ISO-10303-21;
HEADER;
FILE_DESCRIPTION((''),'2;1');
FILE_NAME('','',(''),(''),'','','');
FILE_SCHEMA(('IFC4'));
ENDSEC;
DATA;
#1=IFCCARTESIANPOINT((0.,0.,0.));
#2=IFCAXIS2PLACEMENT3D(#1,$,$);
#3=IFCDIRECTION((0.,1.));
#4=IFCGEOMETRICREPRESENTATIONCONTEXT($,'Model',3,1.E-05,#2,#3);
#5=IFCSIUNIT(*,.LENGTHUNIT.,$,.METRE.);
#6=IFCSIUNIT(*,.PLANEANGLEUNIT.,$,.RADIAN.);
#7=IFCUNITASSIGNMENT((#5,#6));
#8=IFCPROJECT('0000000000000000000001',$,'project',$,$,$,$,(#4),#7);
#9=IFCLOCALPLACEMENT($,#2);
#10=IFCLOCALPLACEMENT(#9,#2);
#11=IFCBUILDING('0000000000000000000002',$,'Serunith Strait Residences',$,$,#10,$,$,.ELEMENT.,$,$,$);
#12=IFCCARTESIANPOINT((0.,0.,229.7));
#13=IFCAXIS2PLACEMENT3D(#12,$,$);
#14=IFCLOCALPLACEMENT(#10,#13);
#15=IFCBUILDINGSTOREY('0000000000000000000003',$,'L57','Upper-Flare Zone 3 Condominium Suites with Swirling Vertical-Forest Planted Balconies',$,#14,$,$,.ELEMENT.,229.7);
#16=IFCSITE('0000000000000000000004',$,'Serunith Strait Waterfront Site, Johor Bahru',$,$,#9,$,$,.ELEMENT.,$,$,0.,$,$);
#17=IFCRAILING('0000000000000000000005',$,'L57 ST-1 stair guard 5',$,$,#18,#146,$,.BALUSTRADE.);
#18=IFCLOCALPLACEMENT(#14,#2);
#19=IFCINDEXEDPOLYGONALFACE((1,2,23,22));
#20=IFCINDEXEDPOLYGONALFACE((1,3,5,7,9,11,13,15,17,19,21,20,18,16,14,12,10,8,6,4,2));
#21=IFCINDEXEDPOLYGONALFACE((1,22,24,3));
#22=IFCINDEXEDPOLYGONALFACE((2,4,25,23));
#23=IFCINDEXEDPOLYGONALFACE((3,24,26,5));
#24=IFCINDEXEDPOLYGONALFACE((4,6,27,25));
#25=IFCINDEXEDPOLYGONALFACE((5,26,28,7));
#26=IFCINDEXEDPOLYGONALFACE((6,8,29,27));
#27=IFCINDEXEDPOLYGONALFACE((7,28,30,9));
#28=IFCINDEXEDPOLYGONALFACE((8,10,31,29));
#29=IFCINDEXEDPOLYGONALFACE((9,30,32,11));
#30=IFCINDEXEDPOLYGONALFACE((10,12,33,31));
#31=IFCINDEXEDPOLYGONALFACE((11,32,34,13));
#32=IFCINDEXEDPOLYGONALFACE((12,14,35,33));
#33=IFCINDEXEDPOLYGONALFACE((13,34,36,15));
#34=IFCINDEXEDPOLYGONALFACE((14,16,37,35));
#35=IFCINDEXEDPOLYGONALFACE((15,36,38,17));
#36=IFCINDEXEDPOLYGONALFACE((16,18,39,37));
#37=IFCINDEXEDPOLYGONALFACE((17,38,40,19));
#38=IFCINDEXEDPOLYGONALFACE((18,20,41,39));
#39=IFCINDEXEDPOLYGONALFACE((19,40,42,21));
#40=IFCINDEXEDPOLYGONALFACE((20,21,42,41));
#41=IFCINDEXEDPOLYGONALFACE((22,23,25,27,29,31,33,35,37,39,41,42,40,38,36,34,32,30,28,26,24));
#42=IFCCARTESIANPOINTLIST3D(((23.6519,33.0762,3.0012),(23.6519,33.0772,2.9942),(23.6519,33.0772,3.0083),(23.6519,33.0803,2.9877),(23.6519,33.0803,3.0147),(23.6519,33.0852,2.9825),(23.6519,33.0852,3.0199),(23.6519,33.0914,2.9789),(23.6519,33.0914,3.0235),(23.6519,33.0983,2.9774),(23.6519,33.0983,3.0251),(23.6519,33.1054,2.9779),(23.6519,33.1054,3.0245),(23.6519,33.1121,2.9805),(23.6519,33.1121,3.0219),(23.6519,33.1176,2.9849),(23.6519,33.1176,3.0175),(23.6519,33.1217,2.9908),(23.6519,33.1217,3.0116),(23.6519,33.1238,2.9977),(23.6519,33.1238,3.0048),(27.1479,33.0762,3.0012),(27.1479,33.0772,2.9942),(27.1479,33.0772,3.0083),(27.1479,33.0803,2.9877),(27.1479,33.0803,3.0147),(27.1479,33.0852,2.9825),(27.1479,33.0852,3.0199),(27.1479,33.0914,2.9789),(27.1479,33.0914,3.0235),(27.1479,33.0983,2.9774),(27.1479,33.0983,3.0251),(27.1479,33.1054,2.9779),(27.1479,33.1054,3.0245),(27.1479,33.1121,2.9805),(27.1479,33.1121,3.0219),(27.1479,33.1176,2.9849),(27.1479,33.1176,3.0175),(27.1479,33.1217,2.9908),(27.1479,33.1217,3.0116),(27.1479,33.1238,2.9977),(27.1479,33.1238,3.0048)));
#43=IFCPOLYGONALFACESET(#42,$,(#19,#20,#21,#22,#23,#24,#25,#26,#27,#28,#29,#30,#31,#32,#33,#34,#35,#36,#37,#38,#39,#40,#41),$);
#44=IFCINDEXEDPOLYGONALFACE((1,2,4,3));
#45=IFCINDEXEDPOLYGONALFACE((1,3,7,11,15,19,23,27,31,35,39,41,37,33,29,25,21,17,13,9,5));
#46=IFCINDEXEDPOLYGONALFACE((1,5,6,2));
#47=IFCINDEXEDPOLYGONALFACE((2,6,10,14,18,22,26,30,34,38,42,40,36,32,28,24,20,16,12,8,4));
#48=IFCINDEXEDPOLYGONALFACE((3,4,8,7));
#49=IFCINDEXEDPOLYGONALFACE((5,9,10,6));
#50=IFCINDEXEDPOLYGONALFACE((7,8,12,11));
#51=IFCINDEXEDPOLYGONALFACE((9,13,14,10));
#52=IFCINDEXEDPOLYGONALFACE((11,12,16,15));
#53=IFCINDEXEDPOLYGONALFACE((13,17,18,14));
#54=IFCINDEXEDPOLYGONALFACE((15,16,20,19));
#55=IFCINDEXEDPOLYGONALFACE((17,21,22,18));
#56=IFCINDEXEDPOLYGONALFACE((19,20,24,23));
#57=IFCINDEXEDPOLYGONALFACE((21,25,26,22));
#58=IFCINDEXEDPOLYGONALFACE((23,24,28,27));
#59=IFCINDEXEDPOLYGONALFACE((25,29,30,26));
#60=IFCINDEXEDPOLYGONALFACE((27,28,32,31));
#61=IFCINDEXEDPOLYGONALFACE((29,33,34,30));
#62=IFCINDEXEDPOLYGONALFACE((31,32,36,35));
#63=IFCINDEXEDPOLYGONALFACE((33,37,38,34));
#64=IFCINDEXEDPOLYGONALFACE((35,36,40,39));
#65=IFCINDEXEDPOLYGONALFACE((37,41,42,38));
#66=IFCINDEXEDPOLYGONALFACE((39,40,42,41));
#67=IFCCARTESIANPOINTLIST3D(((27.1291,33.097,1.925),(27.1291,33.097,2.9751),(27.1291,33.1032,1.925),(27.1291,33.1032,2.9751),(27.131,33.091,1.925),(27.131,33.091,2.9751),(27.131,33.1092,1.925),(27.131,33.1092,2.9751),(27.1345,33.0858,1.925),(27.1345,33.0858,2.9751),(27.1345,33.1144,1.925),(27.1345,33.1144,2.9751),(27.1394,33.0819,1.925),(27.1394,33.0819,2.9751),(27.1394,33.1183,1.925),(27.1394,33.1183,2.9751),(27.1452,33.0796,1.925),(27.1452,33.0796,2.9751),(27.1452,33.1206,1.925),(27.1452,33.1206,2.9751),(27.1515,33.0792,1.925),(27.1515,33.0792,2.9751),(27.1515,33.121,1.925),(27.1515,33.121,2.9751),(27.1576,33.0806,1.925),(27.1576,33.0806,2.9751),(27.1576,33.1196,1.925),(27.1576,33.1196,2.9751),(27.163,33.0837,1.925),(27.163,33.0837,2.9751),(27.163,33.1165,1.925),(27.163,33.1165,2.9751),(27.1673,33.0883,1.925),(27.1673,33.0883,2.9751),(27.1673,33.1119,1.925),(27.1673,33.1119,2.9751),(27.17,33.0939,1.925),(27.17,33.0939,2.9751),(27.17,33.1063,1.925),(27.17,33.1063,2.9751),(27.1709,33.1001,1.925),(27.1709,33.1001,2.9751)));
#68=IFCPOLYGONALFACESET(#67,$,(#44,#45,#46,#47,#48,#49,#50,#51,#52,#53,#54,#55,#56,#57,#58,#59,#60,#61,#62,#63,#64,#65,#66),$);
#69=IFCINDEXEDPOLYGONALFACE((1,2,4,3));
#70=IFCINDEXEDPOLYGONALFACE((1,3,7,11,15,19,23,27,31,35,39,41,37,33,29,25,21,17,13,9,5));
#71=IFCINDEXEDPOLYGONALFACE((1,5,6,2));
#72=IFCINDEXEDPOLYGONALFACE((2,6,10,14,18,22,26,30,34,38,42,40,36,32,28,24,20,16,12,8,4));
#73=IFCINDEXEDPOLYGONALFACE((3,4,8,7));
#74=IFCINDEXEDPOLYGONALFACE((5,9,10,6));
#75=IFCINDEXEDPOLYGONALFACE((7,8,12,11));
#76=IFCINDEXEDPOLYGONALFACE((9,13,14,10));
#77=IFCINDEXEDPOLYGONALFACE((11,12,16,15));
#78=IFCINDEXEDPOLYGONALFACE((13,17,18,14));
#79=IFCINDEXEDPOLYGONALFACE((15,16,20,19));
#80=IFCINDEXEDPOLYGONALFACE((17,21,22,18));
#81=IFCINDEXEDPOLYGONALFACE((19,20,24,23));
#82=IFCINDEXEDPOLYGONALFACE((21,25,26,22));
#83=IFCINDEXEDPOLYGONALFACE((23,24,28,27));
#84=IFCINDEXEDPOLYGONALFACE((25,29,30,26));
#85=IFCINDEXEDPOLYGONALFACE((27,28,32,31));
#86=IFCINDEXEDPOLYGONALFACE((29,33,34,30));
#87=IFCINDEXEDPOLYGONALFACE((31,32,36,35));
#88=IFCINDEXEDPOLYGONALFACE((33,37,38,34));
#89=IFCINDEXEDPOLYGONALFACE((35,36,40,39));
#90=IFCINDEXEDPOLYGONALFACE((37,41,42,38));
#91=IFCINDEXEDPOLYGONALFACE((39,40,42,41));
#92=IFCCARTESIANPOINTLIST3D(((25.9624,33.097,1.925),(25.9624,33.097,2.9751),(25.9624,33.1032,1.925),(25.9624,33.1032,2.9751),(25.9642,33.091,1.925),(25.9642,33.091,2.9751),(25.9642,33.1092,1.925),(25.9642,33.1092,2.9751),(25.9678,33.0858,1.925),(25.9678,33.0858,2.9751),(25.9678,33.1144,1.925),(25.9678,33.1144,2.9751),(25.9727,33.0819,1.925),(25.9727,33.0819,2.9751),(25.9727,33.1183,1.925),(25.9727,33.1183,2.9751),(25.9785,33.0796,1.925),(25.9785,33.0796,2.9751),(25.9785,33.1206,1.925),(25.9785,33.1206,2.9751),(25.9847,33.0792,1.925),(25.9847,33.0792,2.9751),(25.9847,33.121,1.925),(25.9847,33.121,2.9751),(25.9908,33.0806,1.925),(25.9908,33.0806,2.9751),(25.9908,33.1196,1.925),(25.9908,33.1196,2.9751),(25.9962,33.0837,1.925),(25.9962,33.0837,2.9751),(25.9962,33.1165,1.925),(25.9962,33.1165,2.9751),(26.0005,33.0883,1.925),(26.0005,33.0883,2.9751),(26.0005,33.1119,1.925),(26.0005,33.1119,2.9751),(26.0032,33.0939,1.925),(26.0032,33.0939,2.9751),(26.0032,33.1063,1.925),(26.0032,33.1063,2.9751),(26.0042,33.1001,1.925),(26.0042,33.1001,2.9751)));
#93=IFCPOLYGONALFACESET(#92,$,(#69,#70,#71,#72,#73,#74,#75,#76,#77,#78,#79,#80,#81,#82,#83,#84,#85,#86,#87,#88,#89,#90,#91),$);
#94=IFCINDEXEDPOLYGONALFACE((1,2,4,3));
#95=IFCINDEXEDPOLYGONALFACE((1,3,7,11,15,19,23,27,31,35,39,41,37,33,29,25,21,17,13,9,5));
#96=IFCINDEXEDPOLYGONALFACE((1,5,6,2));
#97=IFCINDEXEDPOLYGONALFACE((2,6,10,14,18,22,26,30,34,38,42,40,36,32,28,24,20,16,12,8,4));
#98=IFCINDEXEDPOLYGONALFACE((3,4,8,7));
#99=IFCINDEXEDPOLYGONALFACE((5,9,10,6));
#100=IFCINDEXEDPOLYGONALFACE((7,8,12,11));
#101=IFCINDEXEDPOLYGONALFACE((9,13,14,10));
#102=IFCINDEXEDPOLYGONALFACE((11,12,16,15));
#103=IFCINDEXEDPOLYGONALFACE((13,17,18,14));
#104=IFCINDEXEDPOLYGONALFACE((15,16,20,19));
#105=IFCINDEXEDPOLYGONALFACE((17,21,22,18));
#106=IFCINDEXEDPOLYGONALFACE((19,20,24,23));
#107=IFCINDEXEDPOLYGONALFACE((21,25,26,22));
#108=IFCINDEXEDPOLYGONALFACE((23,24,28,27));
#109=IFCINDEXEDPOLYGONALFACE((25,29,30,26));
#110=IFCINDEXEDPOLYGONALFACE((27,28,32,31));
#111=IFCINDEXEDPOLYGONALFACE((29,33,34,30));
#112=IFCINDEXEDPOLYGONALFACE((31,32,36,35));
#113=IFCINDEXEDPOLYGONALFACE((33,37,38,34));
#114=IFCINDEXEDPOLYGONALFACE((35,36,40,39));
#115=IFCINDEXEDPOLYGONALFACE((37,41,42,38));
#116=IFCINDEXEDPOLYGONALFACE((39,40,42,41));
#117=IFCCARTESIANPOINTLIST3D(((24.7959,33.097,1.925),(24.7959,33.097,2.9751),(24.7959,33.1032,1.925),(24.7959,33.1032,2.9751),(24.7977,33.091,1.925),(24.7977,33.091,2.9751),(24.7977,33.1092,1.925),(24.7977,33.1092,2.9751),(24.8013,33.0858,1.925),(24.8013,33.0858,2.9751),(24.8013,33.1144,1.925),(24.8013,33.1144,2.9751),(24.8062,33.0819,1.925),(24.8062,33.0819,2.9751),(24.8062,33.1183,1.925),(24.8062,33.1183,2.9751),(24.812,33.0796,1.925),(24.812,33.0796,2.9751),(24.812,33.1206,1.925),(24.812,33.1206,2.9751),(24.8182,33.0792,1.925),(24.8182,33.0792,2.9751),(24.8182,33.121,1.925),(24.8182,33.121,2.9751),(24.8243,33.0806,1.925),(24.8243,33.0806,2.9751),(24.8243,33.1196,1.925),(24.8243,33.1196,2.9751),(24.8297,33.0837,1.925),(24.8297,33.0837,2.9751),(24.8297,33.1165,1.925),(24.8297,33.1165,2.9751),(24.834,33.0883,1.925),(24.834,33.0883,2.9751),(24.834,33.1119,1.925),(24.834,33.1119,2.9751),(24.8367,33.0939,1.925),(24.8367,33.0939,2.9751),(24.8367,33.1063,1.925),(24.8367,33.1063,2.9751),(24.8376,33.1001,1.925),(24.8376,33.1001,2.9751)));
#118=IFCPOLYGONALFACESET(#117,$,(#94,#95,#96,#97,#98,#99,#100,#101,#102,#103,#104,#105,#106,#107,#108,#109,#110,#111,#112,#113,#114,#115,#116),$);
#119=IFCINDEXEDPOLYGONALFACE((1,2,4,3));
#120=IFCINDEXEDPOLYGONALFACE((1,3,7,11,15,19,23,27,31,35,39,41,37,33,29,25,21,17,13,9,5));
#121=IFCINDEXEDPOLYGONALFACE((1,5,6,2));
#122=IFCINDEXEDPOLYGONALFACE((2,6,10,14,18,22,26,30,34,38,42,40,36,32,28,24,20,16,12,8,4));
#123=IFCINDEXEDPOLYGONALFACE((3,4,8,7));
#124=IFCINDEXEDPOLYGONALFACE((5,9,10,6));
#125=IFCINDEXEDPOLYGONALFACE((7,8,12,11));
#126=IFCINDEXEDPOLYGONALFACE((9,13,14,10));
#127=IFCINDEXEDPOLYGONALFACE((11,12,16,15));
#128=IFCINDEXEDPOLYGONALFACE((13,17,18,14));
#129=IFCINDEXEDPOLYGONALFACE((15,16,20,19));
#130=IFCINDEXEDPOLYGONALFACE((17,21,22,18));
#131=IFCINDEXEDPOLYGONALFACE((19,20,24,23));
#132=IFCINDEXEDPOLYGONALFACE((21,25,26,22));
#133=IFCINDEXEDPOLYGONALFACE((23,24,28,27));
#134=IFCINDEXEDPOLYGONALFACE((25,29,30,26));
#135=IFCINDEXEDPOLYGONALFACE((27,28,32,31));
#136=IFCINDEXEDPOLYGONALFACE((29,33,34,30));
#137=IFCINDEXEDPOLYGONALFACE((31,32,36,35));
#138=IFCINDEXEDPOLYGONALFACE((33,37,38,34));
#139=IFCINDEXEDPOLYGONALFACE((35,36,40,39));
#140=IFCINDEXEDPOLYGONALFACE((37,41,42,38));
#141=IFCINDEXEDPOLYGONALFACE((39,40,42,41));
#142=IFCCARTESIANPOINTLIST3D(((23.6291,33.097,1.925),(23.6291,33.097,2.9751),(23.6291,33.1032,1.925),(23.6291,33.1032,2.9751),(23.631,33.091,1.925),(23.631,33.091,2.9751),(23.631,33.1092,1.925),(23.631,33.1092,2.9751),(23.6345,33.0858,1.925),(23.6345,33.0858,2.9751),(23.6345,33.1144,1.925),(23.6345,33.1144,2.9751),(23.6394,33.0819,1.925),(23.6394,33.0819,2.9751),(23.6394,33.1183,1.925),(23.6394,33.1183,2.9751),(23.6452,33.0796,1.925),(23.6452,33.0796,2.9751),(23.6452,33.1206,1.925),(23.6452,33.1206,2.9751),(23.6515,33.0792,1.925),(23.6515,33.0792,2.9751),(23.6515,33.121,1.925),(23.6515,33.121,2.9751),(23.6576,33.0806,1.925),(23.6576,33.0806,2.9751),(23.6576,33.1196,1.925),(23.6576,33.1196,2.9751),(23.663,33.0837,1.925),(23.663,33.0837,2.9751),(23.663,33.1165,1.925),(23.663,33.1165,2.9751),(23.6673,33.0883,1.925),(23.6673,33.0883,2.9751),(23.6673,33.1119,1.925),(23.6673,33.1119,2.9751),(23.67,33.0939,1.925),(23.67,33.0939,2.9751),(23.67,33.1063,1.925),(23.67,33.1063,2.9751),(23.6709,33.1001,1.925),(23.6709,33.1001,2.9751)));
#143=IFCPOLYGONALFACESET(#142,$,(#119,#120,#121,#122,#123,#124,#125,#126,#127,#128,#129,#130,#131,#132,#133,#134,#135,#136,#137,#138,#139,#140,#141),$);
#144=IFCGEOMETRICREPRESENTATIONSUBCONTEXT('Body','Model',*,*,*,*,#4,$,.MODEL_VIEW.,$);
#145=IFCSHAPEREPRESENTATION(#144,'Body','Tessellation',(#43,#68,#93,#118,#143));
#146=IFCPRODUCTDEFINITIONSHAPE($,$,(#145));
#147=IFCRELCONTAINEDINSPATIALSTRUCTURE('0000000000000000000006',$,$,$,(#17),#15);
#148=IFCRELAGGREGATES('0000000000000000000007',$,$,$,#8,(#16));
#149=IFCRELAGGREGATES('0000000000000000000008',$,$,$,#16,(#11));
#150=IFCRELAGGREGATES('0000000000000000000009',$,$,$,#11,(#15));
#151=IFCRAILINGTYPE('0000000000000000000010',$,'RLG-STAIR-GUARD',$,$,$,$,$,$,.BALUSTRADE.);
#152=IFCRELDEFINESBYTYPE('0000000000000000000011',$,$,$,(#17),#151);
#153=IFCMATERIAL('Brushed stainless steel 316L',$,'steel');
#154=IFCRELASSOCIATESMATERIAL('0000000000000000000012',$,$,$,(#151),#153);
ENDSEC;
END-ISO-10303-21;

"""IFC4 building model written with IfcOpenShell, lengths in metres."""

from ifc_helpers import new_model, si_unit, direction, frame, origin, origin_2d, place, context, subcontext, project, spatial, circle, extrude, material, type_object, element, save


model = new_model("IFC4")

# Units and contexts
model_context = context("Model", 3, precision=1e-05, world=origin(), true_north=direction((0.0, 1.0)))
body_context = subcontext(model_context, "Body", "Model", "MODEL_VIEW")
ifc_project = project(units=[si_unit("LENGTHUNIT", "METRE"), si_unit("PLANEANGLEUNIT", "RADIAN")], contexts=[model_context])

# Site, building, storey
site_placement = place(None, origin())
site = spatial("IfcSite", under=ifc_project, at=site_placement, Name="Serunith Strait Waterfront Site, Johor Bahru", CompositionType="ELEMENT", RefElevation=0.0)
building_placement = place(site_placement, origin())
building = spatial("IfcBuilding", under=site, at=building_placement, Name="Serunith Strait Residences", CompositionType="ELEMENT")
storey_placement = place(building_placement, frame((0.0, 0.0, 229.7)))
storey = spatial("IfcBuildingStorey", under=building, at=storey_placement, Name="L57", Description="Upper-Flare Zone 3 Condominium Suites with Swirling Vertical-Forest Planted Balconies", CompositionType="ELEMENT", Elevation=229.7)

# Railing
ifc_material_1 = material(Name="Brushed stainless steel 316L", Category="steel")
railing_type_1 = type_object("IfcRailingType", Name="RLG-STAIR-GUARD", PredefinedType="BALUSTRADE", material=ifc_material_1)
railing_1_placement = place(storey_placement, frame((27.1499, 33.1001, 1.925)))
element("IfcRailing", 1, at=railing_1_placement, inside=storey, type_object=railing_type_1, Name="L57 ST-1 stair guard 5", PredefinedType="BALUSTRADE", context=body_context, shape_type="SweptSolid", body=[
    extrude(circle(Radius=0.0239, at=origin_2d()), frame((-0.002, 0.0, 1.0762), z_axis=(-1.0, 0.0, 0.0), x_axis=(0.0, -1.0, 0.0)), (0.0, 0.0, 1.0), 3.4961),
    extrude(circle(Radius=0.021, at=origin_2d()), origin(), (0.0, 0.0, 1.0), 1.05),
    extrude(circle(Radius=0.021, at=origin_2d()), frame((-1.1667, 0.0, 0.0)), (0.0, 0.0, 1.0), 1.05),
    extrude(circle(Radius=0.021, at=origin_2d()), frame((-2.3333, 0.0, 0.0)), (0.0, 0.0, 1.0), 1.05),
    extrude(circle(Radius=0.021, at=origin_2d()), frame((-3.5, 0.0, 0.0)), (0.0, 0.0, 1.0), 1.05),
])

save(model, "model.ifc")
